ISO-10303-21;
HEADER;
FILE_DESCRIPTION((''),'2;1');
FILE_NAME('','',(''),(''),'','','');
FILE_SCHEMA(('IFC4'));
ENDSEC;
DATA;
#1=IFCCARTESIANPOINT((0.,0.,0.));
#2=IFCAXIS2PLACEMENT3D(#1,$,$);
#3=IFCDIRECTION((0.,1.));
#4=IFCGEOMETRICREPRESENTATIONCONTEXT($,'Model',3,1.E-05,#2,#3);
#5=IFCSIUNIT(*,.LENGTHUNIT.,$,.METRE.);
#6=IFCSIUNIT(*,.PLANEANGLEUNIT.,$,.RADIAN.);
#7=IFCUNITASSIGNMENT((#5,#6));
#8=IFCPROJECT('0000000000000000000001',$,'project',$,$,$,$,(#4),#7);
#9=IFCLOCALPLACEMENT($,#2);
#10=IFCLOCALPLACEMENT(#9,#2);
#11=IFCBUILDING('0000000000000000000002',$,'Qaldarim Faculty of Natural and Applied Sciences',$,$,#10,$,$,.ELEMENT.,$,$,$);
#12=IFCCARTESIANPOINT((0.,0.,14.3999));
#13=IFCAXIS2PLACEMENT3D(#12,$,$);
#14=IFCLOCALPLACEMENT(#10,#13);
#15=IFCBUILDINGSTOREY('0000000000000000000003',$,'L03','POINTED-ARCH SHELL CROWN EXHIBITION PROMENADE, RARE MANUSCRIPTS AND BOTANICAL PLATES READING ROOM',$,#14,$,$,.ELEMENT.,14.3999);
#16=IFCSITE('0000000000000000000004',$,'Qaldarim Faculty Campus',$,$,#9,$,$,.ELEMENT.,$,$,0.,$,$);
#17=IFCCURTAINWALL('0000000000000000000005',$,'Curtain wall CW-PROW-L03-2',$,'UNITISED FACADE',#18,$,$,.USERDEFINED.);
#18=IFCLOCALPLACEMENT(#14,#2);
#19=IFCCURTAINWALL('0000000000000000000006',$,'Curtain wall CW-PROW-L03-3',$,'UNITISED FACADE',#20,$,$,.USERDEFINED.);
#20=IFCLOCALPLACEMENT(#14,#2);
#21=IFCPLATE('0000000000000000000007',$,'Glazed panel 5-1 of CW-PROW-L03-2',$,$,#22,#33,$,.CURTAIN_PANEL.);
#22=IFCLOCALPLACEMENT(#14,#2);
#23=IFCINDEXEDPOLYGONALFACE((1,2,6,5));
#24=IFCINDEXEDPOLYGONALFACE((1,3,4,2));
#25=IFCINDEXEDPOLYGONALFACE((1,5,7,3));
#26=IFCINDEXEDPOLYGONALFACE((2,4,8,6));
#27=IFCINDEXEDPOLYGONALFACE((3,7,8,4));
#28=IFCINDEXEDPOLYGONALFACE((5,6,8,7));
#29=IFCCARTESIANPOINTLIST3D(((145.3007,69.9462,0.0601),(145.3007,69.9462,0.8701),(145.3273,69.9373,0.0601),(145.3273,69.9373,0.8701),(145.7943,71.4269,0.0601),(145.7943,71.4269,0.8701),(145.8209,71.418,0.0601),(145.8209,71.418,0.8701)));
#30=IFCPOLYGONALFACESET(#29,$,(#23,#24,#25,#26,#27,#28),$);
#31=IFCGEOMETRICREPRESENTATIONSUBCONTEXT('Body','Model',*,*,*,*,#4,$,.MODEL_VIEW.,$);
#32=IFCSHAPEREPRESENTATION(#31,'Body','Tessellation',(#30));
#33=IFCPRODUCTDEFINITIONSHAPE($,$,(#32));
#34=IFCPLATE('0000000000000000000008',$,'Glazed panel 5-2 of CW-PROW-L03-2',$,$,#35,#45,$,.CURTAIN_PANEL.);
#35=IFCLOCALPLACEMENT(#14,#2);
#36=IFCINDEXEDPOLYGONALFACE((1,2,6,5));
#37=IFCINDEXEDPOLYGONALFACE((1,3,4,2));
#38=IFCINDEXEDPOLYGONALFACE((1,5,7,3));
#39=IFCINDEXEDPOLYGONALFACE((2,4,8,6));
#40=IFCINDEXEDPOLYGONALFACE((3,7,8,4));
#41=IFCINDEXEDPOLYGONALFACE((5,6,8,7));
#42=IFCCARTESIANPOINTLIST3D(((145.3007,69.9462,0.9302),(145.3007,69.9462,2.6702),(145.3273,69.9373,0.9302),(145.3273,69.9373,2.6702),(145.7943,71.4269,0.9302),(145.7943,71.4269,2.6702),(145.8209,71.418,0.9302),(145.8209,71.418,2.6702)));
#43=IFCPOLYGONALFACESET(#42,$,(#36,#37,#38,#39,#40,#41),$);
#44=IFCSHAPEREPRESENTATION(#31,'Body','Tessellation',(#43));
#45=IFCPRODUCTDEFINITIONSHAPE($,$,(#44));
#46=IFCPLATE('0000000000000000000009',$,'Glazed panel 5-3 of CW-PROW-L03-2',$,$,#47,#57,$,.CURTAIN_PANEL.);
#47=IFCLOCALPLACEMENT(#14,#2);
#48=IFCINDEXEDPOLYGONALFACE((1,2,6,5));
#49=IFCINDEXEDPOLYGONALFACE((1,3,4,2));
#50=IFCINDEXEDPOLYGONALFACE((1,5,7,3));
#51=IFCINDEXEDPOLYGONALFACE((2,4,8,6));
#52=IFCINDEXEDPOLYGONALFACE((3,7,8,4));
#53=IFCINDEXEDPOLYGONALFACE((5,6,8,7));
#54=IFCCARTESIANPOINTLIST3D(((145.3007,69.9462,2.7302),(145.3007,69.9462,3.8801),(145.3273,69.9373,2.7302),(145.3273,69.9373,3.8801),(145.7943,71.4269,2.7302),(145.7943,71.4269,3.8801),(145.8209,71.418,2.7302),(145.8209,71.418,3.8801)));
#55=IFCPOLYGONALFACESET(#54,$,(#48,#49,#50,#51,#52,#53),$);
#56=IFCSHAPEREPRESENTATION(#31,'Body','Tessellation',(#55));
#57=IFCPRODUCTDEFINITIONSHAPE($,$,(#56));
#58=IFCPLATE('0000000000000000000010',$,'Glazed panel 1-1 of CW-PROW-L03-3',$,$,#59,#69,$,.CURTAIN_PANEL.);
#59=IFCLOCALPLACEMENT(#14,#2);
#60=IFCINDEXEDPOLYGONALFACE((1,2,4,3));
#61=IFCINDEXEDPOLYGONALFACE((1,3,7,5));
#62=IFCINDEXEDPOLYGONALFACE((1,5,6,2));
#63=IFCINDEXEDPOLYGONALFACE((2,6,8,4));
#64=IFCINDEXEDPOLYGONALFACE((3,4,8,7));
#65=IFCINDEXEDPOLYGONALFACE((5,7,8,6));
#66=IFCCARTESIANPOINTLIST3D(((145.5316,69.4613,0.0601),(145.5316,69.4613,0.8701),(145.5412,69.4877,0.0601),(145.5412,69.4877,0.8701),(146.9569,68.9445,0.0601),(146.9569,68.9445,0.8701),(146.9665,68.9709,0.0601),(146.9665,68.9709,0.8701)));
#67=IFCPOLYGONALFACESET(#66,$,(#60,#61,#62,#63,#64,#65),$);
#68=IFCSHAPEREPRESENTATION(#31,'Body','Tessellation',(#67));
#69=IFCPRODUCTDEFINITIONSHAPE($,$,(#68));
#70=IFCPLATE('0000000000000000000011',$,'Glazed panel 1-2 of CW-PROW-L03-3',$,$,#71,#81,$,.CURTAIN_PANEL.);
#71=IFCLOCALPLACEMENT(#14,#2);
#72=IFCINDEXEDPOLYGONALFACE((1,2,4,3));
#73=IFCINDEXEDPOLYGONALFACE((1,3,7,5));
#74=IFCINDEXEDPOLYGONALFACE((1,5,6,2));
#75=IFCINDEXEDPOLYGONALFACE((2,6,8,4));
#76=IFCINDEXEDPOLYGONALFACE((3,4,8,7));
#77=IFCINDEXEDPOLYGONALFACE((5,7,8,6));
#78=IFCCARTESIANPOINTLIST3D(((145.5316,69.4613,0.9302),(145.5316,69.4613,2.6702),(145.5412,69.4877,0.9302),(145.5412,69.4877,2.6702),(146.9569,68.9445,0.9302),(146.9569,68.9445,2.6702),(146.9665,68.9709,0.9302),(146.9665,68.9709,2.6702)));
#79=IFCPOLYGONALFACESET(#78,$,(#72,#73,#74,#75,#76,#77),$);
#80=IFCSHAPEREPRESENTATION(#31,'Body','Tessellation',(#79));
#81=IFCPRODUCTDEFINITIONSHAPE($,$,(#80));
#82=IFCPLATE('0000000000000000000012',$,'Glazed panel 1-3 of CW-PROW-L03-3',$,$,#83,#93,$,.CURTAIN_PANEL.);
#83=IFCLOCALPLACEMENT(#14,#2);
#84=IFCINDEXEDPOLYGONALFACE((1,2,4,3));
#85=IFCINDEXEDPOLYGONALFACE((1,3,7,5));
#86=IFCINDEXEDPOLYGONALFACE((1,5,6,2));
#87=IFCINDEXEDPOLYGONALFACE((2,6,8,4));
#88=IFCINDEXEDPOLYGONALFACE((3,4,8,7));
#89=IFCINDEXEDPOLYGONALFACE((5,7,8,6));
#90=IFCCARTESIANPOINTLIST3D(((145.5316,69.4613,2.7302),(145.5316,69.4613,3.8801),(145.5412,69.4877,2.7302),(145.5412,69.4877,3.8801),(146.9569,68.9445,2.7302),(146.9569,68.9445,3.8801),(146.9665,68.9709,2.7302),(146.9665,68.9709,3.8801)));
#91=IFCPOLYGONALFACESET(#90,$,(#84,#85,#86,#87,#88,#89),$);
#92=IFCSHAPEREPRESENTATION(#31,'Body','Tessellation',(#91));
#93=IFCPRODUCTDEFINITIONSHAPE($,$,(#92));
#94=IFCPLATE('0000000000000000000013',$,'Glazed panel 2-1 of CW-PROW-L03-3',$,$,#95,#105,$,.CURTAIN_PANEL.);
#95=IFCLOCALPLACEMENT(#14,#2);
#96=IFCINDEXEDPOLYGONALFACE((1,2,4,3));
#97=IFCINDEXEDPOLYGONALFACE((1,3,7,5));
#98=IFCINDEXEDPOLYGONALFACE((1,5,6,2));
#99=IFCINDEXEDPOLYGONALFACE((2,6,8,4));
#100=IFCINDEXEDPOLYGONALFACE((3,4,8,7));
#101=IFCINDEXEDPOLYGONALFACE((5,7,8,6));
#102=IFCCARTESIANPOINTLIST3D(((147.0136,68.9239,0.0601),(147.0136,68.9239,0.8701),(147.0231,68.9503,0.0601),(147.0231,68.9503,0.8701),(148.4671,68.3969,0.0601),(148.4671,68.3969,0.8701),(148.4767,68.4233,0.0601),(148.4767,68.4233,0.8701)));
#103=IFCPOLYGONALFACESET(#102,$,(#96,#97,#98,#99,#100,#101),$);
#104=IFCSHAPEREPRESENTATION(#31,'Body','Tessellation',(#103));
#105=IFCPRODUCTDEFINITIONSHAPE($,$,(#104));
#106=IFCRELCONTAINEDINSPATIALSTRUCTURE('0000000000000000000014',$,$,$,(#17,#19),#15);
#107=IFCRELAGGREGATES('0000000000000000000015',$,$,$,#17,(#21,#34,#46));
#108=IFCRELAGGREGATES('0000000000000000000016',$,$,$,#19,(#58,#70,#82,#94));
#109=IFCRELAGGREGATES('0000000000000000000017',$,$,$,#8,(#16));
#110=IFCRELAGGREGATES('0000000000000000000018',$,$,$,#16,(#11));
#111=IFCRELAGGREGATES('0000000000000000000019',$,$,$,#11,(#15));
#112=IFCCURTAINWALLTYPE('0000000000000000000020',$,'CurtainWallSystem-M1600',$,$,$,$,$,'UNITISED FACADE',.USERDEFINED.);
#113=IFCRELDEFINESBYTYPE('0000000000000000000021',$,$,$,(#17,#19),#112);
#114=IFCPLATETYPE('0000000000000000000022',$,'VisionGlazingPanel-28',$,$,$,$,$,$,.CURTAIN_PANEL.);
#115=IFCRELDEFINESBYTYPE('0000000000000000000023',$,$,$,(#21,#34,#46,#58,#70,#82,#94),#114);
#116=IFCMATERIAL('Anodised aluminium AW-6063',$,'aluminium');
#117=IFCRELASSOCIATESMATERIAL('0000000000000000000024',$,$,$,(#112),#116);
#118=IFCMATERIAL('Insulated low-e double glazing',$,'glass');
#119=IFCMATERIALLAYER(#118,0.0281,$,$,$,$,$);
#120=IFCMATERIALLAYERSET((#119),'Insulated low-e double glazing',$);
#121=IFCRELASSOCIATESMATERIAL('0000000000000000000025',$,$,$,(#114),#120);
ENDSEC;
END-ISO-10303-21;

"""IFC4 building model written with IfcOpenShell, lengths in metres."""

from ifc_helpers import new_model, si_unit, direction, frame, origin, origin_2d, place, context, subcontext, project, spatial, rectangle, extrude, material, layer, layer_set, type_object, element, aggregate, save


model = new_model("IFC4")

# Units and contexts
model_context = context("Model", 3, precision=1e-05, world=origin(), true_north=direction((0.0, 1.0)))
body_context = subcontext(model_context, "Body", "Model", "MODEL_VIEW")
ifc_project = project(units=[si_unit("LENGTHUNIT", "METRE"), si_unit("PLANEANGLEUNIT", "RADIAN")], contexts=[model_context])

# Site, building, storey
site_placement = place(None, origin())
site = spatial("IfcSite", under=ifc_project, at=site_placement, Name="Qaldarim Faculty Campus", CompositionType="ELEMENT", RefElevation=0.0)
building_placement = place(site_placement, origin())
building = spatial("IfcBuilding", under=site, at=building_placement, Name="Qaldarim Faculty of Natural and Applied Sciences", CompositionType="ELEMENT")
storey_placement = place(building_placement, frame((0.0, 0.0, 14.3999)))
storey = spatial("IfcBuildingStorey", under=building, at=storey_placement, Name="L03", Description="POINTED-ARCH SHELL CROWN EXHIBITION PROMENADE, RARE MANUSCRIPTS AND BOTANICAL PLATES READING ROOM", CompositionType="ELEMENT", Elevation=14.3999)

# Curtain wall
ifc_material_1 = material(Name="Anodised aluminium AW-6063", Category="aluminium")
curtain_wall_type = type_object("IfcCurtainWallType", Name="CurtainWallSystem-M1600", ElementType="UNITISED FACADE", PredefinedType="USERDEFINED", material=ifc_material_1)
curtain_wall_1_placement = place(storey_placement, origin())
curtain_wall_1 = element("IfcCurtainWall", 1, at=curtain_wall_1_placement, inside=storey, type_object=curtain_wall_type, Name="Curtain wall CW-PROW-L03-2", ObjectType="UNITISED FACADE", PredefinedType="USERDEFINED")

# Curtain wall
curtain_wall_2_placement = place(storey_placement, origin())
curtain_wall_2 = element("IfcCurtainWall", 2, at=curtain_wall_2_placement, inside=storey, type_object=curtain_wall_type, Name="Curtain wall CW-PROW-L03-3", ObjectType="UNITISED FACADE", PredefinedType="USERDEFINED")

# Plates
ifc_material_2 = material(Name="Insulated low-e double glazing", Category="glass")
ifc_layer = layer(ifc_material_2, 0.0281)
ifc_layer_set = layer_set([ifc_layer], Name="Insulated low-e double glazing")
plate_type = type_object("IfcPlateType", Name="VisionGlazingPanel-28", PredefinedType="CURTAIN_PANEL", material=ifc_layer_set)
plate_1_placement = place(storey_placement, frame((145.5608, 70.6821, 0.0601), z_axis=(0.0, 0.0, 1.0), x_axis=(-0.316229, -0.948683, 0.0)))
plate_1 = element("IfcPlate", 3, at=plate_1_placement, type_object=plate_type, Name="Glazed panel 5-1 of CW-PROW-L03-2", PredefinedType="CURTAIN_PANEL", context=body_context, shape_type="SweptSolid", body=[
    extrude(rectangle(XDim=1.5608, YDim=0.0281, at=origin_2d()), origin(), (0.0, 0.0, 1.0), 0.8101),
])
plate_2_placement = place(storey_placement, frame((145.5608, 70.6821, 0.9302), z_axis=(0.0, 0.0, 1.0), x_axis=(-0.316229, -0.948683, 0.0)))
plate_2 = element("IfcPlate", 4, at=plate_2_placement, type_object=plate_type, Name="Glazed panel 5-2 of CW-PROW-L03-2", PredefinedType="CURTAIN_PANEL", context=body_context, shape_type="SweptSolid", body=[
    extrude(rectangle(XDim=1.5608, YDim=0.0281, at=origin_2d()), origin(), (0.0, 0.0, 1.0), 1.74),
])
plate_3_placement = place(storey_placement, frame((145.5608, 70.6821, 2.7302), z_axis=(0.0, 0.0, 1.0), x_axis=(-0.316229, -0.948683, 0.0)))
plate_3 = element("IfcPlate", 5, at=plate_3_placement, type_object=plate_type, Name="Glazed panel 5-3 of CW-PROW-L03-2", PredefinedType="CURTAIN_PANEL", context=body_context, shape_type="SweptSolid", body=[
    extrude(rectangle(XDim=1.5608, YDim=0.0281, at=origin_2d()), origin(), (0.0, 0.0, 1.0), 1.1499),
])
aggregate(curtain_wall_1, [plate_1, plate_2, plate_3])
plate_4_placement = place(storey_placement, frame((146.249, 69.2161, 0.0601), z_axis=(0.0, 0.0, 1.0), x_axis=(0.94011, -0.340872, 0.0)))
plate_4 = element("IfcPlate", 6, at=plate_4_placement, type_object=plate_type, Name="Glazed panel 1-1 of CW-PROW-L03-3", PredefinedType="CURTAIN_PANEL", context=body_context, shape_type="SweptSolid", body=[
    extrude(rectangle(XDim=1.5161, YDim=0.0281, at=origin_2d()), origin(), (0.0, 0.0, 1.0), 0.8101),
])
plate_5_placement = place(storey_placement, frame((146.249, 69.2161, 0.9302), z_axis=(0.0, 0.0, 1.0), x_axis=(0.94011, -0.340872, 0.0)))
plate_5 = element("IfcPlate", 7, at=plate_5_placement, type_object=plate_type, Name="Glazed panel 1-2 of CW-PROW-L03-3", PredefinedType="CURTAIN_PANEL", context=body_context, shape_type="SweptSolid", body=[
    extrude(rectangle(XDim=1.5161, YDim=0.0281, at=origin_2d()), origin(), (0.0, 0.0, 1.0), 1.74),
])
plate_6_placement = place(storey_placement, frame((146.249, 69.2161, 2.7302), z_axis=(0.0, 0.0, 1.0), x_axis=(0.94011, -0.340872, 0.0)))
plate_6 = element("IfcPlate", 8, at=plate_6_placement, type_object=plate_type, Name="Glazed panel 1-3 of CW-PROW-L03-3", PredefinedType="CURTAIN_PANEL", context=body_context, shape_type="SweptSolid", body=[
    extrude(rectangle(XDim=1.5161, YDim=0.0281, at=origin_2d()), origin(), (0.0, 0.0, 1.0), 1.1499),
])
plate_7_placement = place(storey_placement, frame((147.7451, 68.6736, 0.0601), z_axis=(0.0, 0.0, 1.0), x_axis=(0.94011, -0.340872, 0.0)))
plate_7 = element("IfcPlate", 9, at=plate_7_placement, type_object=plate_type, Name="Glazed panel 2-1 of CW-PROW-L03-3", PredefinedType="CURTAIN_PANEL", context=body_context, shape_type="SweptSolid", body=[
    extrude(rectangle(XDim=1.5461, YDim=0.0281, at=origin_2d()), origin(), (0.0, 0.0, 1.0), 0.8101),
])
aggregate(curtain_wall_2, [plate_4, plate_5, plate_6, plate_7])

save(model, "model.ifc")
